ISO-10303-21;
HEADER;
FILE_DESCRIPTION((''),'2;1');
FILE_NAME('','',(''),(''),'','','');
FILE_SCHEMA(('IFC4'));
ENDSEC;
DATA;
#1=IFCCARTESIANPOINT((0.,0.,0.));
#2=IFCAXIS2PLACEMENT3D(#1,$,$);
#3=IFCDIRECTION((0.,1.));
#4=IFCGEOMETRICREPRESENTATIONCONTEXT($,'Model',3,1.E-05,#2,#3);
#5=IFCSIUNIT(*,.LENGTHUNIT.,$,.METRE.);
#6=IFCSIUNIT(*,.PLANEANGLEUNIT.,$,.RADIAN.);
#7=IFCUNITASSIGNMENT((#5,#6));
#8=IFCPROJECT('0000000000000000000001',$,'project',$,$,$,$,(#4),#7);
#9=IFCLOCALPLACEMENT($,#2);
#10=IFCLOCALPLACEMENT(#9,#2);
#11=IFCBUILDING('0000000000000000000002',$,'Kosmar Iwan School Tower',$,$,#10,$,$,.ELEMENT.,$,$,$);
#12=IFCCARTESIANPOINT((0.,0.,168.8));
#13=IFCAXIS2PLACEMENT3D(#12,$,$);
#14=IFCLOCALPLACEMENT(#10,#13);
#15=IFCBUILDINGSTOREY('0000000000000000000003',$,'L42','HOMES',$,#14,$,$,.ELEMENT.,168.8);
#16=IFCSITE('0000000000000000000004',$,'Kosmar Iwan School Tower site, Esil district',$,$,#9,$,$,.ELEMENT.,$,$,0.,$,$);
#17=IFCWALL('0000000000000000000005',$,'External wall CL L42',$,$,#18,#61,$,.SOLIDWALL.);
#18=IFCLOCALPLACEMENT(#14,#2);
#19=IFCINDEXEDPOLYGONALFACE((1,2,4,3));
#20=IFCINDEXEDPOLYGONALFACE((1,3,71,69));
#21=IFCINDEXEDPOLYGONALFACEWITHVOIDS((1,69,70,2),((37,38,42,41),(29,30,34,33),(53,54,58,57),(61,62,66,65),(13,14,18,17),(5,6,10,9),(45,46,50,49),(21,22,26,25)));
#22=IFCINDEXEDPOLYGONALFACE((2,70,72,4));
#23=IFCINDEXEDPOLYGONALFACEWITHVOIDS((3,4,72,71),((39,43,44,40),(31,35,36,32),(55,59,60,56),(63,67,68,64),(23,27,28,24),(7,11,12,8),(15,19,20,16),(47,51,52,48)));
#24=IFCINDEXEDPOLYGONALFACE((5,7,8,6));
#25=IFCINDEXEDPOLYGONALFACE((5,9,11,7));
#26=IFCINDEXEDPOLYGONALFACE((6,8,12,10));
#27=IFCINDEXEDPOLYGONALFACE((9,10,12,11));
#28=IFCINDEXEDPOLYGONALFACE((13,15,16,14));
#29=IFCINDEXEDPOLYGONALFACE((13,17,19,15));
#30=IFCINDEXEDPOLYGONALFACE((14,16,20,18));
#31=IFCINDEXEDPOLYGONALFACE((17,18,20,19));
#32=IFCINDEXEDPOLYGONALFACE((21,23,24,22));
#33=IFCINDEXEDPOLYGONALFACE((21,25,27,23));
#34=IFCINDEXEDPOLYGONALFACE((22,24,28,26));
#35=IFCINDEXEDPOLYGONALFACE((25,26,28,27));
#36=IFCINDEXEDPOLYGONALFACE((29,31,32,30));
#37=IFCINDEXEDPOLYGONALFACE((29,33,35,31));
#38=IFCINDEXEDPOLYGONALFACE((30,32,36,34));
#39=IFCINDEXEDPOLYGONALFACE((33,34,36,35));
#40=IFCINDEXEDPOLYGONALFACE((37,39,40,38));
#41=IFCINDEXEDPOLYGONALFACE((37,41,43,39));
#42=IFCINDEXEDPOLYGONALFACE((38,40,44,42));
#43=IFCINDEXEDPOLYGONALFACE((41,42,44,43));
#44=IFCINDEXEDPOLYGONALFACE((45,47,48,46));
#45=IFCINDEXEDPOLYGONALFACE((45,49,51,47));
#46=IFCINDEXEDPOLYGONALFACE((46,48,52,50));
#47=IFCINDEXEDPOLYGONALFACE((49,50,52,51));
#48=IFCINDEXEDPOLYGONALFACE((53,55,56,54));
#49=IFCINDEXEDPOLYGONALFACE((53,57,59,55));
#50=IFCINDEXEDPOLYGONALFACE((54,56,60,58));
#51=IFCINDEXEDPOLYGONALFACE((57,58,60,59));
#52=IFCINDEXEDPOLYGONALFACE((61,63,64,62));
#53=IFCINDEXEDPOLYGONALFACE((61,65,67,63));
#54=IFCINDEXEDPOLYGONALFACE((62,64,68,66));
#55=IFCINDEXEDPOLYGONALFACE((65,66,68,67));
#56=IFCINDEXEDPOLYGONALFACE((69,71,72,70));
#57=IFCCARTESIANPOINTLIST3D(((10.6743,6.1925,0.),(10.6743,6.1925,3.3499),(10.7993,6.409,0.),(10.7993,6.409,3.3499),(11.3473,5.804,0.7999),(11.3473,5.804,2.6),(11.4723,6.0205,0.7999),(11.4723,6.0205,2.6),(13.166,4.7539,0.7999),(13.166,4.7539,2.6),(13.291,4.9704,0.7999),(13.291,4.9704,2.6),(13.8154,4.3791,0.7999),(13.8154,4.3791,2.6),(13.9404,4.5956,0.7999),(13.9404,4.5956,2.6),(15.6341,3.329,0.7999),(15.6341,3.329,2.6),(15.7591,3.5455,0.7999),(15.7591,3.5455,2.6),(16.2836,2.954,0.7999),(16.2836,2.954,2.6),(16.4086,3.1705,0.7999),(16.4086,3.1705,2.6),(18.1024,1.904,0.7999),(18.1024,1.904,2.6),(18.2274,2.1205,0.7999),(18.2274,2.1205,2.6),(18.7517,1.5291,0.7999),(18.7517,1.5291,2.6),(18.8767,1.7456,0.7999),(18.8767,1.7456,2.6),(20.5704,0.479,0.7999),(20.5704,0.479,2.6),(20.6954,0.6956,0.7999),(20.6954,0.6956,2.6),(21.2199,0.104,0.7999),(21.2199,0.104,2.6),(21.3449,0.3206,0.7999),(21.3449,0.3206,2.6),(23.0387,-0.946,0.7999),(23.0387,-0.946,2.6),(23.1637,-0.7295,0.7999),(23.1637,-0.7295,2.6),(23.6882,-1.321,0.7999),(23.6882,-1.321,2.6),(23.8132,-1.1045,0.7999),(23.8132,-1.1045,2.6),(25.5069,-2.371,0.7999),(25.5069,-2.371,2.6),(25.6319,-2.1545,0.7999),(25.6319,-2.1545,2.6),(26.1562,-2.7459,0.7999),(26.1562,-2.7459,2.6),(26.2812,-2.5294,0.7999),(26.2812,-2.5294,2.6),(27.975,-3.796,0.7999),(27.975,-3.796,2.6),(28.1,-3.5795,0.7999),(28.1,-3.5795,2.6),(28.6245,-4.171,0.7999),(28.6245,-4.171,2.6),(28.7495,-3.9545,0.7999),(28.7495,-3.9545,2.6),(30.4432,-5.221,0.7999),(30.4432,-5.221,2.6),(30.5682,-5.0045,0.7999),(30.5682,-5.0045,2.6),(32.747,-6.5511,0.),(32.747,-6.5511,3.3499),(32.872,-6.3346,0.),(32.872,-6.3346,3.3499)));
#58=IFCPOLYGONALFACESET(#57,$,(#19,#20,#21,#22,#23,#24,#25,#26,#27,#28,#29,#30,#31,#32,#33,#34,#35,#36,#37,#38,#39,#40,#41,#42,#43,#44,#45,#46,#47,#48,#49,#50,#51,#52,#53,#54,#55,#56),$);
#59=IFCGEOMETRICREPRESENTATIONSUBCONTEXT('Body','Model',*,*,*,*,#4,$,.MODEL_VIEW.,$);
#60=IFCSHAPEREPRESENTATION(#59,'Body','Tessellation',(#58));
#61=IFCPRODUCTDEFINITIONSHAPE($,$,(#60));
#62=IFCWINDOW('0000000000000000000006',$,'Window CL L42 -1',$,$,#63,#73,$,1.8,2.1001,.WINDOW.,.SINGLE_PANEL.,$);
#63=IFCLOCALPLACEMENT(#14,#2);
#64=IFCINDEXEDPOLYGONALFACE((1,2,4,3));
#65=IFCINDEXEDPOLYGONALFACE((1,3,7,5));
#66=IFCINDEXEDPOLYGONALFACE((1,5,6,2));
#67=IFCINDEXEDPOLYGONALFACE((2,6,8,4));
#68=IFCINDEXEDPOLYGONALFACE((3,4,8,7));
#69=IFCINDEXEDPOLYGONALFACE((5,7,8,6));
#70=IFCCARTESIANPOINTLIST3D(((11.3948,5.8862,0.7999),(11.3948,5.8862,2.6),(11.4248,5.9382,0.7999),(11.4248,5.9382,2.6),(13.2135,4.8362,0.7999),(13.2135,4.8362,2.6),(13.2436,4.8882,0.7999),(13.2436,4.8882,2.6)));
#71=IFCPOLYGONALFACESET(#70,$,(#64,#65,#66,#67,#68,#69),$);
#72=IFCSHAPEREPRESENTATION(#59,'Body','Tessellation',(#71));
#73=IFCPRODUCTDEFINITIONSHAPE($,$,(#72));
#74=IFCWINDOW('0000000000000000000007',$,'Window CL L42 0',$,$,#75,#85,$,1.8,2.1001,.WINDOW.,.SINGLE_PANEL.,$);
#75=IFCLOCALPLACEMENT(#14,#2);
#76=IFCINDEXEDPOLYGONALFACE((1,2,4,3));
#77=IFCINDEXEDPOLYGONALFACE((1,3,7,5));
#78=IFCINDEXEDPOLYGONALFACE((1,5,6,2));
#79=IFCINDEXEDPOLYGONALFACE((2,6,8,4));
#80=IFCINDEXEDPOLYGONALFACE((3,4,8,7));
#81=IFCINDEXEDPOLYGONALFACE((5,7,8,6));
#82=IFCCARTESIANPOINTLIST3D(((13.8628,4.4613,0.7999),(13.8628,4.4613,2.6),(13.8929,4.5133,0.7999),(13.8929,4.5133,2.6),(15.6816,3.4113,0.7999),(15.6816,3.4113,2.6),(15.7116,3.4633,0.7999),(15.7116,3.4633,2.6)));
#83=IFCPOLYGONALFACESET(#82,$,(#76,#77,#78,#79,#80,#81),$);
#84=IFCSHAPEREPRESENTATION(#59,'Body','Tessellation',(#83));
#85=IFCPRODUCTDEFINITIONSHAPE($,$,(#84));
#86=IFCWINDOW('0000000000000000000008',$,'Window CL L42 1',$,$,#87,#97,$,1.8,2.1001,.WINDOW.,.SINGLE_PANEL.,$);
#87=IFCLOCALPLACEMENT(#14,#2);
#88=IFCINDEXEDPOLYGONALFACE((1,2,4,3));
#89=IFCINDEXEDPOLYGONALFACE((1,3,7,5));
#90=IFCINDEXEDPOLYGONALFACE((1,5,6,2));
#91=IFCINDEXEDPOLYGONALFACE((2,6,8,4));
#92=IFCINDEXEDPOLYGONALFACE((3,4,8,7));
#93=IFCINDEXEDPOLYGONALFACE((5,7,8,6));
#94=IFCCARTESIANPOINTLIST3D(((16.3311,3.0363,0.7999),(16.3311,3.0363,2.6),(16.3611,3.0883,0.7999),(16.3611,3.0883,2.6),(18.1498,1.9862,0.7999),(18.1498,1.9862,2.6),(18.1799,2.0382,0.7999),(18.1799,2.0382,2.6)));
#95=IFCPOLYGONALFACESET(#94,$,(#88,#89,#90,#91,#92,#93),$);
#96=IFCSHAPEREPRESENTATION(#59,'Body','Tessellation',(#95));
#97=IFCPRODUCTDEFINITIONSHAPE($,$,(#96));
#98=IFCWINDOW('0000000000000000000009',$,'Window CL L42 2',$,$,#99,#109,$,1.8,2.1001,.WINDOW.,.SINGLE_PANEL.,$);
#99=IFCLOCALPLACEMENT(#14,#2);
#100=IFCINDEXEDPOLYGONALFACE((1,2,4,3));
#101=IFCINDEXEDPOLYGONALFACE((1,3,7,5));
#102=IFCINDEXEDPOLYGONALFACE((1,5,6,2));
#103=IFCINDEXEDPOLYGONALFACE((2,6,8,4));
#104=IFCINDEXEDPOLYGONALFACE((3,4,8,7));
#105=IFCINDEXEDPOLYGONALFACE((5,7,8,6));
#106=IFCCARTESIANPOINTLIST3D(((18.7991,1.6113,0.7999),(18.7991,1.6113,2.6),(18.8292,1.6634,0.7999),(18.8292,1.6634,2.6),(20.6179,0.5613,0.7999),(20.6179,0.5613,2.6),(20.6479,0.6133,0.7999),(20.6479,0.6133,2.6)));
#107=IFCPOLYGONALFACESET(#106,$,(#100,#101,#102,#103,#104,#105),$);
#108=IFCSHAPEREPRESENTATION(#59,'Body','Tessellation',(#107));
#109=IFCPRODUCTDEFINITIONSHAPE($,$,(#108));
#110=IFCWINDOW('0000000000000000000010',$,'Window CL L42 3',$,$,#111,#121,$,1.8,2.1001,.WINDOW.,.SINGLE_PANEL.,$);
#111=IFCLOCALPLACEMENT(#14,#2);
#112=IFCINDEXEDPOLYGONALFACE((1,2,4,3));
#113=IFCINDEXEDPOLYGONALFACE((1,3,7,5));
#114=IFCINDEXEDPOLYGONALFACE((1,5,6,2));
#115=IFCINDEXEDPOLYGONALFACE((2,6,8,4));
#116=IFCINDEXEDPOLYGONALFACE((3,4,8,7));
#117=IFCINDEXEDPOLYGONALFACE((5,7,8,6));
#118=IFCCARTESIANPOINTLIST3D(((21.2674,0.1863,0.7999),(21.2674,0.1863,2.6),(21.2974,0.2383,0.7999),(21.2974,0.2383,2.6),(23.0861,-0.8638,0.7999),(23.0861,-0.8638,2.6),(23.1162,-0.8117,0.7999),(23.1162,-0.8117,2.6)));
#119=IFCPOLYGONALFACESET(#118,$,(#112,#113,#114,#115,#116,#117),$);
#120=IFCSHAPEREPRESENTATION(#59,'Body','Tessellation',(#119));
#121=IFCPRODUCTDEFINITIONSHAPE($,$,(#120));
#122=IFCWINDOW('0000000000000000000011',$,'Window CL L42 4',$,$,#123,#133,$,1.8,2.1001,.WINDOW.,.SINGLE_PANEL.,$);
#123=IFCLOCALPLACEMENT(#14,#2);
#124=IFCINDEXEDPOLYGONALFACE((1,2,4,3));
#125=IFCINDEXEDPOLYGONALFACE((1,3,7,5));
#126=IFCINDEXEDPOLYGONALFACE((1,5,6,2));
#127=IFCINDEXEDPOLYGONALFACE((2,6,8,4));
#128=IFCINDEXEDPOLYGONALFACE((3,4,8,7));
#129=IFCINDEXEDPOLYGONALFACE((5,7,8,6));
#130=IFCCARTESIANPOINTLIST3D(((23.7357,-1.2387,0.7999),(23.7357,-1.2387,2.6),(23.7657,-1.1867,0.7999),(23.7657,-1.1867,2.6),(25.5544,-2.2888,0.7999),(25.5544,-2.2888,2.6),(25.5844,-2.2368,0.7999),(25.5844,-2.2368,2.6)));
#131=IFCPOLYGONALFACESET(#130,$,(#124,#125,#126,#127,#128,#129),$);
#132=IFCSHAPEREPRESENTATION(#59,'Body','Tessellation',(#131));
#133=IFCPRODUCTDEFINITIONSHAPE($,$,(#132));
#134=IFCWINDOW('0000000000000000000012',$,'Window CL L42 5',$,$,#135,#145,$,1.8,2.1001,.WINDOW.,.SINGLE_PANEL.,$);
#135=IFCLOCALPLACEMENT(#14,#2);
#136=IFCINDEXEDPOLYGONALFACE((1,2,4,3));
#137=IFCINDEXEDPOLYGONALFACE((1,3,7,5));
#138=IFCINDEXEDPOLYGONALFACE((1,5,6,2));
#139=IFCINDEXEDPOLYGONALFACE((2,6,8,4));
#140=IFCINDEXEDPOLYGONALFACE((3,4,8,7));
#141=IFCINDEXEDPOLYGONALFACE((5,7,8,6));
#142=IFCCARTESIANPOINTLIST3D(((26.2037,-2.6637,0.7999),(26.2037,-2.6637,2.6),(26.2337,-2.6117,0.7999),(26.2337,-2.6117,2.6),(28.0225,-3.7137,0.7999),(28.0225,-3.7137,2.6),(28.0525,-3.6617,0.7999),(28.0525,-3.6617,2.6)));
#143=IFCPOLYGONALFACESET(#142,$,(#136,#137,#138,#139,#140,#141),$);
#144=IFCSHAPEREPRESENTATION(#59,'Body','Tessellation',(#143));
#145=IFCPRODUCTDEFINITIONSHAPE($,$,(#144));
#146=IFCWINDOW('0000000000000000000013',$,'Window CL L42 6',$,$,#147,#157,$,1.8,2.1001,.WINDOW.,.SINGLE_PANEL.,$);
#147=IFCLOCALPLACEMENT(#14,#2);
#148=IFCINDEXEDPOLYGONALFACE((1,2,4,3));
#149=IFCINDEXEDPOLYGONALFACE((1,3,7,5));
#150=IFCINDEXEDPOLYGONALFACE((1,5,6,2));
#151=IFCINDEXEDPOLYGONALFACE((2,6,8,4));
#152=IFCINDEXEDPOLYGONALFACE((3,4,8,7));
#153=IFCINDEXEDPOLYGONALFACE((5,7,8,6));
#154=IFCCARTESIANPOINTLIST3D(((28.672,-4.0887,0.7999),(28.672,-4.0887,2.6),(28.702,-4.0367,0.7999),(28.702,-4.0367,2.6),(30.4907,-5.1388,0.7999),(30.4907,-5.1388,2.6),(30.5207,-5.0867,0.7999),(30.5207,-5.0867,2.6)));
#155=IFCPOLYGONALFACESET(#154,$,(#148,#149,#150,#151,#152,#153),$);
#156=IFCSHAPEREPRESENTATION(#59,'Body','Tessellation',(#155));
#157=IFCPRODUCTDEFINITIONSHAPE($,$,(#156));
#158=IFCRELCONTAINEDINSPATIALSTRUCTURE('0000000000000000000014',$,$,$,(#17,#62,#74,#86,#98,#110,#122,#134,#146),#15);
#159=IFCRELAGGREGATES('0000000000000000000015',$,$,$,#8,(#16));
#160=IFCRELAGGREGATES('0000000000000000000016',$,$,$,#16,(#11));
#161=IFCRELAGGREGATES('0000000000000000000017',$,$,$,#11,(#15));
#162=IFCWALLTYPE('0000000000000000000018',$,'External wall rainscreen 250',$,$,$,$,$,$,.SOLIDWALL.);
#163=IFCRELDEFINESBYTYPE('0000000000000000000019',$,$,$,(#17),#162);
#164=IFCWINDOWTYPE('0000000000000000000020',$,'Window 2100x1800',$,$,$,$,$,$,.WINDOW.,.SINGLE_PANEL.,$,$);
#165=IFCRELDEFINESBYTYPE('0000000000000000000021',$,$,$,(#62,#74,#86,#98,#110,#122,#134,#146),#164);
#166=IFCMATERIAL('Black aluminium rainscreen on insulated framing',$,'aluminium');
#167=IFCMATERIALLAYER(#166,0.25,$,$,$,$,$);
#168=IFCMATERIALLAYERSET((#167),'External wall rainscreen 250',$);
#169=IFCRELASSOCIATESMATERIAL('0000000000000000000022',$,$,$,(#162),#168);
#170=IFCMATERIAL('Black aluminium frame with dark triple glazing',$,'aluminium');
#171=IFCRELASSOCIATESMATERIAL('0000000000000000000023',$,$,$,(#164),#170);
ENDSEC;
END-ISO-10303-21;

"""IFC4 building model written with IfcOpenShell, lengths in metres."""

from ifc_helpers import new_model, si_unit, direction, frame, frame_2d, origin, place, context, subcontext, project, spatial, rectangle, extrude, material, layer, layer_set, type_object, element, fill, save


model = new_model("IFC4")

# Units and contexts
model_context = context("Model", 3, precision=1e-05, world=origin(), true_north=direction((0.0, 1.0)))
body_context = subcontext(model_context, "Body", "Model", "MODEL_VIEW")
ifc_project = project(units=[si_unit("LENGTHUNIT", "METRE"), si_unit("PLANEANGLEUNIT", "RADIAN")], contexts=[model_context])

# Site, building, storey
site_placement = place(None, origin())
site = spatial("IfcSite", under=ifc_project, at=site_placement, Name="Kosmar Iwan School Tower site, Esil district", CompositionType="ELEMENT", RefElevation=0.0)
building_placement = place(site_placement, origin())
building = spatial("IfcBuilding", under=site, at=building_placement, Name="Kosmar Iwan School Tower", CompositionType="ELEMENT")
storey_placement = place(building_placement, frame((0.0, 0.0, 168.8)))
storey = spatial("IfcBuildingStorey", under=building, at=storey_placement, Name="L42", Description="HOMES", CompositionType="ELEMENT", Elevation=168.8)

# Wall, openings, windows
ifc_material_1 = material(Name="Black aluminium rainscreen on insulated framing", Category="aluminium")
ifc_layer = layer(ifc_material_1, 0.25)
ifc_layer_set = layer_set([ifc_layer], Name="External wall rainscreen 250")
wall_type = type_object("IfcWallType", Name="External wall rainscreen 250", PredefinedType="SOLIDWALL", material=ifc_layer_set)
wall_1_placement = place(storey_placement, frame((10.7368, 6.3008, 0.0), z_axis=(0.0, 0.0, 1.0), x_axis=(0.866026, -0.499998, 0.0)))
wall_1 = element("IfcWall", 1, at=wall_1_placement, inside=storey, type_object=wall_type, Name="External wall CL L42", PredefinedType="SOLIDWALL", context=body_context, shape_type="SweptSolid", body=[
    extrude(rectangle(XDim=25.4873, YDim=0.25, at=frame_2d((12.7437, 0.0))), origin(), (0.0, 0.0, 1.0), 3.3499),
])
opening_1_placement = place(wall_1_placement, frame((0.7771, 0.0, 0.8)))
opening_1 = element("IfcOpeningElement", 2, at=opening_1_placement, cuts=wall_1, PredefinedType="OPENING", context=body_context, shape_type="SweptSolid", body=[
    extrude(rectangle(XDim=2.1001, YDim=1.8, at=frame_2d((1.05, 0.8999))), frame((0.0, 0.137, 0.0), z_axis=(0.0, -1.0, 0.0), x_axis=(1.0, 0.0, 0.0)), (0.0, 0.0, 1.0), 0.2739),
])
opening_2_placement = place(wall_1_placement, frame((3.627, 0.0, 0.8)))
opening_2 = element("IfcOpeningElement", 3, at=opening_2_placement, cuts=wall_1, PredefinedType="OPENING", context=body_context, shape_type="SweptSolid", body=[
    extrude(rectangle(XDim=2.1001, YDim=1.8, at=frame_2d((1.05, 0.8999))), frame((0.0, 0.137, 0.0), z_axis=(0.0, -1.0, 0.0), x_axis=(1.0, 0.0, 0.0)), (0.0, 0.0, 1.0), 0.2739),
])
opening_3_placement = place(wall_1_placement, frame((6.4771, 0.0, 0.8)))
opening_3 = element("IfcOpeningElement", 4, at=opening_3_placement, cuts=wall_1, PredefinedType="OPENING", context=body_context, shape_type="SweptSolid", body=[
    extrude(rectangle(XDim=2.1001, YDim=1.8, at=frame_2d((1.05, 0.8999))), frame((0.0, 0.137, 0.0), z_axis=(0.0, -1.0, 0.0), x_axis=(1.0, 0.0, 0.0)), (0.0, 0.0, 1.0), 0.2739),
])
opening_4_placement = place(wall_1_placement, frame((9.3269, 0.0, 0.8)))
opening_4 = element("IfcOpeningElement", 5, at=opening_4_placement, cuts=wall_1, PredefinedType="OPENING", context=body_context, shape_type="SweptSolid", body=[
    extrude(rectangle(XDim=2.1001, YDim=1.8, at=frame_2d((1.05, 0.8999))), frame((0.0, 0.137, 0.0), z_axis=(0.0, -1.0, 0.0), x_axis=(1.0, 0.0, 0.0)), (0.0, 0.0, 1.0), 0.2739),
])
opening_5_placement = place(wall_1_placement, frame((12.177, 0.0, 0.8)))
opening_5 = element("IfcOpeningElement", 6, at=opening_5_placement, cuts=wall_1, PredefinedType="OPENING", context=body_context, shape_type="SweptSolid", body=[
    extrude(rectangle(XDim=2.1001, YDim=1.8, at=frame_2d((1.05, 0.8999))), frame((0.0, 0.137, 0.0), z_axis=(0.0, -1.0, 0.0), x_axis=(1.0, 0.0, 0.0)), (0.0, 0.0, 1.0), 0.2739),
])
opening_6_placement = place(wall_1_placement, frame((15.0271, 0.0, 0.8)))
opening_6 = element("IfcOpeningElement", 7, at=opening_6_placement, cuts=wall_1, PredefinedType="OPENING", context=body_context, shape_type="SweptSolid", body=[
    extrude(rectangle(XDim=2.1001, YDim=1.8, at=frame_2d((1.05, 0.8999))), frame((0.0, 0.137, 0.0), z_axis=(0.0, -1.0, 0.0), x_axis=(1.0, 0.0, 0.0)), (0.0, 0.0, 1.0), 0.2739),
])
opening_7_placement = place(wall_1_placement, frame((17.877, 0.0, 0.8)))
opening_7 = element("IfcOpeningElement", 8, at=opening_7_placement, cuts=wall_1, PredefinedType="OPENING", context=body_context, shape_type="SweptSolid", body=[
    extrude(rectangle(XDim=2.1001, YDim=1.8, at=frame_2d((1.05, 0.8999))), frame((0.0, 0.137, 0.0), z_axis=(0.0, -1.0, 0.0), x_axis=(1.0, 0.0, 0.0)), (0.0, 0.0, 1.0), 0.2739),
])
opening_8_placement = place(wall_1_placement, frame((20.7271, 0.0, 0.8)))
opening_8 = element("IfcOpeningElement", 9, at=opening_8_placement, cuts=wall_1, PredefinedType="OPENING", context=body_context, shape_type="SweptSolid", body=[
    extrude(rectangle(XDim=2.1001, YDim=1.8, at=frame_2d((1.05, 0.8999))), frame((0.0, 0.137, 0.0), z_axis=(0.0, -1.0, 0.0), x_axis=(1.0, 0.0, 0.0)), (0.0, 0.0, 1.0), 0.2739),
])
ifc_material_2 = material(Name="Black aluminium frame with dark triple glazing", Category="aluminium")
window_type = type_object("IfcWindowType", Name="Window 2100x1800", PartitioningType="SINGLE_PANEL", PredefinedType="WINDOW", material=ifc_material_2)
window_1_placement = place(opening_1_placement, origin())
window_1 = element("IfcWindow", 10, at=window_1_placement, inside=storey, type_object=window_type, Name="Window CL L42 -1", OverallHeight=1.8, OverallWidth=2.1001, PartitioningType="SINGLE_PANEL", PredefinedType="WINDOW", context=body_context, shape_type="SweptSolid", body=[
    extrude(rectangle(XDim=2.1001, YDim=1.8, at=frame_2d((1.05, 0.8999))), frame((0.0, 0.03, 0.0), z_axis=(0.0, -1.0, 0.0), x_axis=(1.0, 0.0, 0.0)), (0.0, 0.0, 1.0), 0.0601),
])
fill(opening_1, window_1)
window_2_placement = place(opening_2_placement, origin())
window_2 = element("IfcWindow", 11, at=window_2_placement, inside=storey, type_object=window_type, Name="Window CL L42 0", OverallHeight=1.8, OverallWidth=2.1001, PartitioningType="SINGLE_PANEL", PredefinedType="WINDOW", context=body_context, shape_type="SweptSolid", body=[
    extrude(rectangle(XDim=2.1001, YDim=1.8, at=frame_2d((1.05, 0.8999))), frame((0.0, 0.03, 0.0), z_axis=(0.0, -1.0, 0.0), x_axis=(1.0, 0.0, 0.0)), (0.0, 0.0, 1.0), 0.0601),
])
fill(opening_2, window_2)
window_3_placement = place(opening_3_placement, origin())
window_3 = element("IfcWindow", 12, at=window_3_placement, inside=storey, type_object=window_type, Name="Window CL L42 1", OverallHeight=1.8, OverallWidth=2.1001, PartitioningType="SINGLE_PANEL", PredefinedType="WINDOW", context=body_context, shape_type="SweptSolid", body=[
    extrude(rectangle(XDim=2.1001, YDim=1.8, at=frame_2d((1.05, 0.8999))), frame((0.0, 0.03, 0.0), z_axis=(0.0, -1.0, 0.0), x_axis=(1.0, 0.0, 0.0)), (0.0, 0.0, 1.0), 0.0601),
])
fill(opening_3, window_3)
window_4_placement = place(opening_4_placement, origin())
window_4 = element("IfcWindow", 13, at=window_4_placement, inside=storey, type_object=window_type, Name="Window CL L42 2", OverallHeight=1.8, OverallWidth=2.1001, PartitioningType="SINGLE_PANEL", PredefinedType="WINDOW", context=body_context, shape_type="SweptSolid", body=[
    extrude(rectangle(XDim=2.1001, YDim=1.8, at=frame_2d((1.05, 0.8999))), frame((0.0, 0.03, 0.0), z_axis=(0.0, -1.0, 0.0), x_axis=(1.0, 0.0, 0.0)), (0.0, 0.0, 1.0), 0.0601),
])
fill(opening_4, window_4)
window_5_placement = place(opening_5_placement, origin())
window_5 = element("IfcWindow", 14, at=window_5_placement, inside=storey, type_object=window_type, Name="Window CL L42 3", OverallHeight=1.8, OverallWidth=2.1001, PartitioningType="SINGLE_PANEL", PredefinedType="WINDOW", context=body_context, shape_type="SweptSolid", body=[
    extrude(rectangle(XDim=2.1001, YDim=1.8, at=frame_2d((1.05, 0.8999))), frame((0.0, 0.03, 0.0), z_axis=(0.0, -1.0, 0.0), x_axis=(1.0, 0.0, 0.0)), (0.0, 0.0, 1.0), 0.0601),
])
fill(opening_5, window_5)
window_6_placement = place(opening_6_placement, origin())
window_6 = element("IfcWindow", 15, at=window_6_placement, inside=storey, type_object=window_type, Name="Window CL L42 4", OverallHeight=1.8, OverallWidth=2.1001, PartitioningType="SINGLE_PANEL", PredefinedType="WINDOW", context=body_context, shape_type="SweptSolid", body=[
    extrude(rectangle(XDim=2.1001, YDim=1.8, at=frame_2d((1.05, 0.8999))), frame((0.0, 0.03, 0.0), z_axis=(0.0, -1.0, 0.0), x_axis=(1.0, 0.0, 0.0)), (0.0, 0.0, 1.0), 0.0601),
])
fill(opening_6, window_6)
window_7_placement = place(opening_7_placement, origin())
window_7 = element("IfcWindow", 16, at=window_7_placement, inside=storey, type_object=window_type, Name="Window CL L42 5", OverallHeight=1.8, OverallWidth=2.1001, PartitioningType="SINGLE_PANEL", PredefinedType="WINDOW", context=body_context, shape_type="SweptSolid", body=[
    extrude(rectangle(XDim=2.1001, YDim=1.8, at=frame_2d((1.05, 0.8999))), frame((0.0, 0.03, 0.0), z_axis=(0.0, -1.0, 0.0), x_axis=(1.0, 0.0, 0.0)), (0.0, 0.0, 1.0), 0.0601),
])
fill(opening_7, window_7)
window_8_placement = place(opening_8_placement, origin())
window_8 = element("IfcWindow", 17, at=window_8_placement, inside=storey, type_object=window_type, Name="Window CL L42 6", OverallHeight=1.8, OverallWidth=2.1001, PartitioningType="SINGLE_PANEL", PredefinedType="WINDOW", context=body_context, shape_type="SweptSolid", body=[
    extrude(rectangle(XDim=2.1001, YDim=1.8, at=frame_2d((1.05, 0.8999))), frame((0.0, 0.03, 0.0), z_axis=(0.0, -1.0, 0.0), x_axis=(1.0, 0.0, 0.0)), (0.0, 0.0, 1.0), 0.0601),
])
fill(opening_8, window_8)

save(model, "model.ifc")
